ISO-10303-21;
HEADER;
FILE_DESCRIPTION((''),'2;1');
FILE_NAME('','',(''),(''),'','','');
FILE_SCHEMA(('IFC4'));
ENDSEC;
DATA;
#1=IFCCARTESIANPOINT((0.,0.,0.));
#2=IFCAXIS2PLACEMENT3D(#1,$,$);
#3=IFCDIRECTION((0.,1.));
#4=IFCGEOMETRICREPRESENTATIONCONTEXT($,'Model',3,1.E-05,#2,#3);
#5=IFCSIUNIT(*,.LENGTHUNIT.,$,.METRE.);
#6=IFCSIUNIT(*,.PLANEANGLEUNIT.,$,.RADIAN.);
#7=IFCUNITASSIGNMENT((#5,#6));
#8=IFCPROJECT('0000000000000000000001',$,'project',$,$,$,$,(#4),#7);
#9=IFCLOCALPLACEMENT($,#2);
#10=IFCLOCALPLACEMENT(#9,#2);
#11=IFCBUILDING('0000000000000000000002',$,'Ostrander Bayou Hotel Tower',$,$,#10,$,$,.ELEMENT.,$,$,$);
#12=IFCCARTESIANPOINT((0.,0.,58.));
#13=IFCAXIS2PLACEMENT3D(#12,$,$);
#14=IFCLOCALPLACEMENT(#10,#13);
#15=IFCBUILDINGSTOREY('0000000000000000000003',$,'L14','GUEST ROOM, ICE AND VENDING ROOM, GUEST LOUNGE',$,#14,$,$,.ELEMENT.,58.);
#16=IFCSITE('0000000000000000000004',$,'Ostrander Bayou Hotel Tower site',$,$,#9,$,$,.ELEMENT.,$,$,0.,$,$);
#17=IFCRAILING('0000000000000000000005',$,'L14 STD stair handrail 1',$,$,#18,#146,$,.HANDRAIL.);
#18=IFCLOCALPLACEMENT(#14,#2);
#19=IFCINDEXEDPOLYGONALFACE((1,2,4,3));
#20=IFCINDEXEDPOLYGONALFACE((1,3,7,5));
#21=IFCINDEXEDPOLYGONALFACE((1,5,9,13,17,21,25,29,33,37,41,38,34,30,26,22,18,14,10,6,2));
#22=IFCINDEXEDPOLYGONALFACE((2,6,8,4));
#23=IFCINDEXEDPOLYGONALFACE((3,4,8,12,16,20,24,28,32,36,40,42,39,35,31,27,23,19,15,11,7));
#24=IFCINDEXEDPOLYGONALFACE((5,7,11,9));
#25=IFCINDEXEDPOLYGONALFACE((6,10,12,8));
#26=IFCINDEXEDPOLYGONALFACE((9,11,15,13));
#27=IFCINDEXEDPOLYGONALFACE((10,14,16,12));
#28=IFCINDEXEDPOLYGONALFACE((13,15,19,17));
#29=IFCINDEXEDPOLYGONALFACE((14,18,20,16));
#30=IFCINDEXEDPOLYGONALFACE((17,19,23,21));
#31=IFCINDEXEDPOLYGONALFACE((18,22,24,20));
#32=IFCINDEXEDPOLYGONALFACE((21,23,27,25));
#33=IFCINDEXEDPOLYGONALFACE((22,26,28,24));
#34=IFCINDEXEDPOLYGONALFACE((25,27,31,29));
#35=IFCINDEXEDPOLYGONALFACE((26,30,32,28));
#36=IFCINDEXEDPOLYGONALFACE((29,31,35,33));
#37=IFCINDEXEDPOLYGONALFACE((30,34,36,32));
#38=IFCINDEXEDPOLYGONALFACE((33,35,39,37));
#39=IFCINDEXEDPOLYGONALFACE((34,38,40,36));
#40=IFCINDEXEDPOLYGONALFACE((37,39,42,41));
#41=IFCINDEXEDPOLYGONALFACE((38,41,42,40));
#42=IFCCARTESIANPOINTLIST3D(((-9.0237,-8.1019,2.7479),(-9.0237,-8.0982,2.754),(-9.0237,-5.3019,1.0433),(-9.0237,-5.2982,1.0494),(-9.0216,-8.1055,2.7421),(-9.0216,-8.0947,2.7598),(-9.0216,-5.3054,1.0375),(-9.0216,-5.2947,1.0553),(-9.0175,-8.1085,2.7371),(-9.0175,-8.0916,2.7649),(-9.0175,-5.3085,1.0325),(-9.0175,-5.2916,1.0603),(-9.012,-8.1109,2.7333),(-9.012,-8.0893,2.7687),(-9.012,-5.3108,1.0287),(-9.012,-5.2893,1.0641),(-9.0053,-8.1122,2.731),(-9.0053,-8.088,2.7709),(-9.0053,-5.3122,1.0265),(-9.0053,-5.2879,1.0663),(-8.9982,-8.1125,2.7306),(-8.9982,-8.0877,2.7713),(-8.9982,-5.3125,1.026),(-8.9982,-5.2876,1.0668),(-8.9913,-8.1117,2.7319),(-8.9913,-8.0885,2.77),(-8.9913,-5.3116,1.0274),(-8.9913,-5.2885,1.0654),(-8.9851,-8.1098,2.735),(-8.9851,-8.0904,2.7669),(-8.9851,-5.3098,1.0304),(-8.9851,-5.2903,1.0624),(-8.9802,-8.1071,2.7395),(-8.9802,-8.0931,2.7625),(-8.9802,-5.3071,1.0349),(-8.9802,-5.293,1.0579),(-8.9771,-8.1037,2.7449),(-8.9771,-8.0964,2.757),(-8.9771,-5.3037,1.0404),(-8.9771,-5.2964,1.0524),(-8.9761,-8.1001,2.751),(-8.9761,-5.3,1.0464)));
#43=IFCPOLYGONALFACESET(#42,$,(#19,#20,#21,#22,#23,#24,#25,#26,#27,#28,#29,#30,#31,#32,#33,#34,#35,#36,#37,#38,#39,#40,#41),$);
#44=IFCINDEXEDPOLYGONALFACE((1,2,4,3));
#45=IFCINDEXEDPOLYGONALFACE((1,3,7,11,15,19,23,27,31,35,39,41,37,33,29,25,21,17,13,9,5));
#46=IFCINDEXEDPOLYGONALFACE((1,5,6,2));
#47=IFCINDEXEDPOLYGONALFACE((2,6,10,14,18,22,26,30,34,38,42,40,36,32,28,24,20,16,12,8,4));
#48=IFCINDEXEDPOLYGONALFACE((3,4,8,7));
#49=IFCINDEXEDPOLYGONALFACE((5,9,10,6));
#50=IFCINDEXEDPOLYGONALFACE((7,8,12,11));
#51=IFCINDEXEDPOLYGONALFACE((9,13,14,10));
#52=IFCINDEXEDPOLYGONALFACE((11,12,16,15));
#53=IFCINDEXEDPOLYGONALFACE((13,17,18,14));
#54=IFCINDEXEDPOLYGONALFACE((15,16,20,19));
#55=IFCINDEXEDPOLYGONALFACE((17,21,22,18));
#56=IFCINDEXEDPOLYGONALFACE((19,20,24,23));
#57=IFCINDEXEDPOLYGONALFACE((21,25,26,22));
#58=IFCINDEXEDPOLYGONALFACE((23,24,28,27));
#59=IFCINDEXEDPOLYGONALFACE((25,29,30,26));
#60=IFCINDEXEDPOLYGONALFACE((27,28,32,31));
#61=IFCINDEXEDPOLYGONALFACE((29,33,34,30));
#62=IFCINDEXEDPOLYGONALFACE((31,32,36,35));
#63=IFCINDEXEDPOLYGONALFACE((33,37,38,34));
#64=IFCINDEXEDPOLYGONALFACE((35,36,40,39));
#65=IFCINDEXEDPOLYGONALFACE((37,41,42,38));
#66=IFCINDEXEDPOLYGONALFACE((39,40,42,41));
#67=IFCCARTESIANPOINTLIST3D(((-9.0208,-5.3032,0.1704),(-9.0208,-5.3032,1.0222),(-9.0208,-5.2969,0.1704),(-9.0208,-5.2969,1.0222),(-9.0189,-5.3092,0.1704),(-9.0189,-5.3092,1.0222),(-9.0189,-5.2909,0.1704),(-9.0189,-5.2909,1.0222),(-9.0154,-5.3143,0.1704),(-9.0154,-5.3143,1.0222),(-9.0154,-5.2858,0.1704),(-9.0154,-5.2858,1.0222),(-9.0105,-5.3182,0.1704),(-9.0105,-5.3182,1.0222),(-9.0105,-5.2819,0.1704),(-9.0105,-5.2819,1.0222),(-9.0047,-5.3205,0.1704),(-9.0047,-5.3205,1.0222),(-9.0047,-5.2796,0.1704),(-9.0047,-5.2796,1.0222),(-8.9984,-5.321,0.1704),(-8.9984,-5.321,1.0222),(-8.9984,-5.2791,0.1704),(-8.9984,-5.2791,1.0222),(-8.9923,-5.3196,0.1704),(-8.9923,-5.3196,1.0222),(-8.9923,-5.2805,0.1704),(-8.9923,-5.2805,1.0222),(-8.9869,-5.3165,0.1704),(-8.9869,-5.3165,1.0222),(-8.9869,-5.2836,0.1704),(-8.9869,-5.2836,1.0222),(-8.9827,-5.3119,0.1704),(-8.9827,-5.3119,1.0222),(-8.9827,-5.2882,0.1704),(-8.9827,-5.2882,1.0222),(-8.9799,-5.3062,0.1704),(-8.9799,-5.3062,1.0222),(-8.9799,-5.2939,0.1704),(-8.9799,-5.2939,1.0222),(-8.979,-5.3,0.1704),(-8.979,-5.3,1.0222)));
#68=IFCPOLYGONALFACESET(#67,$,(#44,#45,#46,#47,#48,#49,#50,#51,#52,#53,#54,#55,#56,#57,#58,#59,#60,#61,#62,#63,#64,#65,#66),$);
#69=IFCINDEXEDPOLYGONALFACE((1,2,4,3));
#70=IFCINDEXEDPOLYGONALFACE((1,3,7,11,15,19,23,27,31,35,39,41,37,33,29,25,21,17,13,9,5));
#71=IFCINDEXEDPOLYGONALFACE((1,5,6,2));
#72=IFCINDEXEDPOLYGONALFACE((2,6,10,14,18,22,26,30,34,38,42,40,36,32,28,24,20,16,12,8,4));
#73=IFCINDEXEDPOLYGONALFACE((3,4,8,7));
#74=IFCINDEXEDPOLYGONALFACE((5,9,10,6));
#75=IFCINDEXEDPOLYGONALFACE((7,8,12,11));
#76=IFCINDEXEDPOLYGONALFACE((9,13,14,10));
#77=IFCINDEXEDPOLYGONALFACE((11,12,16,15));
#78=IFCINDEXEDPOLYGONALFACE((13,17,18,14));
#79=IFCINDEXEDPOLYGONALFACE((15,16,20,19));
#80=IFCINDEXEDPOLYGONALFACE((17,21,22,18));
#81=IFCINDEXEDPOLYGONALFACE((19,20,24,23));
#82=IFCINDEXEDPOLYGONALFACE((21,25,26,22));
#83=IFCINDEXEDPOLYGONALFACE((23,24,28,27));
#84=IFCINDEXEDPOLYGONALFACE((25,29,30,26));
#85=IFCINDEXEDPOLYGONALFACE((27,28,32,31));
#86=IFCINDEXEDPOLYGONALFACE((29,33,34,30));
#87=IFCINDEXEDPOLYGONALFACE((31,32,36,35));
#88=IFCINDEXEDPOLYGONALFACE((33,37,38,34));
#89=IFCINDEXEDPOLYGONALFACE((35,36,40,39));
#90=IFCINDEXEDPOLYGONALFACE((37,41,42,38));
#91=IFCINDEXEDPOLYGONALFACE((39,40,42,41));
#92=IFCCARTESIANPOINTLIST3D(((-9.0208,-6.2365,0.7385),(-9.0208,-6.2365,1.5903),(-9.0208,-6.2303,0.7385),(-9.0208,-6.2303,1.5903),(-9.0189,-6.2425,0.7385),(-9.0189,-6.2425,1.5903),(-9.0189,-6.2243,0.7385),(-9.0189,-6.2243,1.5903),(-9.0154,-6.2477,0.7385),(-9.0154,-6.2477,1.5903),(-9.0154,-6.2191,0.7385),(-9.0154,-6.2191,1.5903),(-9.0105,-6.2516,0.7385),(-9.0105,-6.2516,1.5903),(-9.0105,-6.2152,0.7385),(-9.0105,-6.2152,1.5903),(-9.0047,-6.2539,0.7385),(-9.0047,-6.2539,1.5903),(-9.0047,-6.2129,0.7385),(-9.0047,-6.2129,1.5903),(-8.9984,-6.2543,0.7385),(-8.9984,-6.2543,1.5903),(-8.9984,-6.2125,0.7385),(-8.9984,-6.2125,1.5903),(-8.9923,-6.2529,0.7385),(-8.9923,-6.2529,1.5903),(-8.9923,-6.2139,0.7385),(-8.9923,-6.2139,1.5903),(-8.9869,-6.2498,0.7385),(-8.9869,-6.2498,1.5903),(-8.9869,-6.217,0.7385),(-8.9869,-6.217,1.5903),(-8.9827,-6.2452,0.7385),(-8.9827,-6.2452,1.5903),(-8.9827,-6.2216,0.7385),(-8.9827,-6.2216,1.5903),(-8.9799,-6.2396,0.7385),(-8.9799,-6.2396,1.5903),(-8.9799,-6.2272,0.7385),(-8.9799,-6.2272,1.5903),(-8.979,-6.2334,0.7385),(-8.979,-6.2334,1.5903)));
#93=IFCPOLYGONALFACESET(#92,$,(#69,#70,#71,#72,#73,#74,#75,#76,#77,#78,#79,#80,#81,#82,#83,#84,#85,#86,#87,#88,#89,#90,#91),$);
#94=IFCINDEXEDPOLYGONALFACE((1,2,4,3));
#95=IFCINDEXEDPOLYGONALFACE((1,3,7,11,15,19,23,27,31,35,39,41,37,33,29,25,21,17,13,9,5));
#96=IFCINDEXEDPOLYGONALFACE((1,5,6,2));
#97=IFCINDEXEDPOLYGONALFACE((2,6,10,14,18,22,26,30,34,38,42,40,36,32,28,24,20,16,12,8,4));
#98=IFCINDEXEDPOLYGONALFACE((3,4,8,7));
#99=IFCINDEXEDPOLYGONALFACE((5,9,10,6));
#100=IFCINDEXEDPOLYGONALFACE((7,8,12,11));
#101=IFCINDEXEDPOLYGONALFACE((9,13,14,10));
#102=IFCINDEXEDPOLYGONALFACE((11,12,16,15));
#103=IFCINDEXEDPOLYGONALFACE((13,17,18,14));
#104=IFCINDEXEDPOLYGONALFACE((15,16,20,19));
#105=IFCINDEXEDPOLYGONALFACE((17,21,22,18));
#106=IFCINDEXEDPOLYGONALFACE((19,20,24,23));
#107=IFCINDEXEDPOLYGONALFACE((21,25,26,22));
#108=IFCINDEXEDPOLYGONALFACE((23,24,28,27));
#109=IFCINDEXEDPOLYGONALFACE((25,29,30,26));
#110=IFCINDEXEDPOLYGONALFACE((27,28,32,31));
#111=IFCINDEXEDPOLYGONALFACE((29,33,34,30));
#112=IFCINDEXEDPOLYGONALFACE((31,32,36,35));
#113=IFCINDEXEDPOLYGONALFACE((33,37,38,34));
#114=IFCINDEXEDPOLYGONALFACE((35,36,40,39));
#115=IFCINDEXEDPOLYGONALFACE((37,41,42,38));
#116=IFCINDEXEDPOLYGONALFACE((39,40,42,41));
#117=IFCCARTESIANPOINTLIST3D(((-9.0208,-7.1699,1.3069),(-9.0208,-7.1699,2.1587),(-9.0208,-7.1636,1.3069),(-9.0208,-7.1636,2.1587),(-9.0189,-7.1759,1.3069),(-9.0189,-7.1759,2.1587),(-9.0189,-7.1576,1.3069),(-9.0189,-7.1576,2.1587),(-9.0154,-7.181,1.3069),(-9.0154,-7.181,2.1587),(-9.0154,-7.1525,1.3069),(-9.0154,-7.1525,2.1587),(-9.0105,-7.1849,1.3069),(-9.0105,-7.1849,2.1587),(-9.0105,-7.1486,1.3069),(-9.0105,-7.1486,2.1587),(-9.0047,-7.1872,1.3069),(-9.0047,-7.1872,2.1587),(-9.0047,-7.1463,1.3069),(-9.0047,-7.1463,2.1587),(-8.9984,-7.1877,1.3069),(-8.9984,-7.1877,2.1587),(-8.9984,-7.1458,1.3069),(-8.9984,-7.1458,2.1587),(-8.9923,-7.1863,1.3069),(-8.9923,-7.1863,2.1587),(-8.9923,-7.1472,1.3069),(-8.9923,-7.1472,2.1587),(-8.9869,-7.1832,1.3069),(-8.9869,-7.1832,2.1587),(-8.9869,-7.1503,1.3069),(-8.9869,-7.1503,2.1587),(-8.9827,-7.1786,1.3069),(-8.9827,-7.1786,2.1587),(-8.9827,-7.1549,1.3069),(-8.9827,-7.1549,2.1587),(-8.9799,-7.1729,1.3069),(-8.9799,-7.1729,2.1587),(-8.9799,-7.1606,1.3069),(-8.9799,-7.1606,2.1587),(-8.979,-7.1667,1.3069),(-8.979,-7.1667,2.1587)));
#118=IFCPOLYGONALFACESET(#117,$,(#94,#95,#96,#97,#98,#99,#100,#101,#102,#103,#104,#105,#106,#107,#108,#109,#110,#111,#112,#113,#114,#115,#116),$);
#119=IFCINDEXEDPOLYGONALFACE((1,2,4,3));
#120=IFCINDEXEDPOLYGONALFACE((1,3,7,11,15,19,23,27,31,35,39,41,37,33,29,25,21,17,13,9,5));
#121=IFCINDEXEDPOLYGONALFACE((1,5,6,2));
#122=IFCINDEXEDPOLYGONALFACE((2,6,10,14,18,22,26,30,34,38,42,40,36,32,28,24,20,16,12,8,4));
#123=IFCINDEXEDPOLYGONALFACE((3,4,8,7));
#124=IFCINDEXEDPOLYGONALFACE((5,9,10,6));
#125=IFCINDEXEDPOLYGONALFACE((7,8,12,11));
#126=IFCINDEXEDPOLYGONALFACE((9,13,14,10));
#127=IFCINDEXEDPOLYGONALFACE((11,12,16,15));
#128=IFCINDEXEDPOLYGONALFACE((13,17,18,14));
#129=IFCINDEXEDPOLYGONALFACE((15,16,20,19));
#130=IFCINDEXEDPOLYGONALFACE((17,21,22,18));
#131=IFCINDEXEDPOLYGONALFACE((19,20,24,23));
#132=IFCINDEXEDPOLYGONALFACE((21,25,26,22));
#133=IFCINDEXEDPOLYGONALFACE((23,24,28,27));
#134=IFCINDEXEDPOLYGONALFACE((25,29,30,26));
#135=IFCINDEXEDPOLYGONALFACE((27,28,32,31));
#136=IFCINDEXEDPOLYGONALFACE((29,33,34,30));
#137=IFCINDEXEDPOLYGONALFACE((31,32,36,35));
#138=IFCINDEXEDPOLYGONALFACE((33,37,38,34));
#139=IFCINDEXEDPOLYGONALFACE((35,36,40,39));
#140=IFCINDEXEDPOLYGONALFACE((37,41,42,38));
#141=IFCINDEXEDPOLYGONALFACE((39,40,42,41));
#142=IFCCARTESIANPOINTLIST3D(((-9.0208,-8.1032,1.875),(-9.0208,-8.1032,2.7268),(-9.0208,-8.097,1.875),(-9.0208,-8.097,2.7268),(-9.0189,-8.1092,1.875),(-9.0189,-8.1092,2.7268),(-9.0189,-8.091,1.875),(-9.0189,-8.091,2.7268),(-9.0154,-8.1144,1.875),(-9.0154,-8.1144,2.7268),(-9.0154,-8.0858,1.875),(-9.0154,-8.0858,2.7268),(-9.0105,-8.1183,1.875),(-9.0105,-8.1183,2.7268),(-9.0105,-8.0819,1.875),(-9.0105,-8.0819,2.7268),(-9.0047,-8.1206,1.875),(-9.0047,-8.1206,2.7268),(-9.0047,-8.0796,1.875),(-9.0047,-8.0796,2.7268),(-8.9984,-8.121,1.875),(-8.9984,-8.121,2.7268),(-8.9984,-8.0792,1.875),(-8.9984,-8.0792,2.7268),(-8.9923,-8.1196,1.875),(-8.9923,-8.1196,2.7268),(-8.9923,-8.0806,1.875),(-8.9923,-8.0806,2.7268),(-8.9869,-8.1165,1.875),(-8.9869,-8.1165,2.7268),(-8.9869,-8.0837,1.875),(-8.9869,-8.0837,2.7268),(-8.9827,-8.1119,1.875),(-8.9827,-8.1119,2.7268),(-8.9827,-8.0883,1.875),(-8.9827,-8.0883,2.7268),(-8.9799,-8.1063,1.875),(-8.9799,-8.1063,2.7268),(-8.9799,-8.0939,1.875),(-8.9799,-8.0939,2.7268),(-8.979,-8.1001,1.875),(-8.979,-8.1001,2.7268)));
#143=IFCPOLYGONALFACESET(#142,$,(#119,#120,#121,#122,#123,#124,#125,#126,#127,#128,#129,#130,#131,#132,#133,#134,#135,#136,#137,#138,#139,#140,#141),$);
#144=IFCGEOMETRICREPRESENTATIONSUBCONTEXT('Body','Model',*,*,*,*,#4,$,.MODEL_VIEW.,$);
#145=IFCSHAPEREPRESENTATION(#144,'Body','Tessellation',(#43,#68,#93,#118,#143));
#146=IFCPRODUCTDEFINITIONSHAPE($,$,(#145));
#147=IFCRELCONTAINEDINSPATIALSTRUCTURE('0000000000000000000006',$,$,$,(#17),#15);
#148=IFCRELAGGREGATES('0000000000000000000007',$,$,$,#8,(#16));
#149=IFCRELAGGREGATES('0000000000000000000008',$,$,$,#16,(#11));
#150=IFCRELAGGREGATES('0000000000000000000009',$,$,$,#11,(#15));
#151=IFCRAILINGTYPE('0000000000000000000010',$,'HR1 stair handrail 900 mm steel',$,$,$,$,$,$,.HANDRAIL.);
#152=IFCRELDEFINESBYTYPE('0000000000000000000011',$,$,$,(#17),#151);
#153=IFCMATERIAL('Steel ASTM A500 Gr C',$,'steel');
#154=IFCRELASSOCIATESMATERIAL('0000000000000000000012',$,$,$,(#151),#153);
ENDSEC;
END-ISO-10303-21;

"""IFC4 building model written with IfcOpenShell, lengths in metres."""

from ifc_helpers import new_model, si_unit, direction, frame, origin, origin_2d, place, context, subcontext, project, spatial, circle, extrude, material, type_object, element, save


model = new_model("IFC4")

# Units and contexts
model_context = context("Model", 3, precision=1e-05, world=origin(), true_north=direction((0.0, 1.0)))
body_context = subcontext(model_context, "Body", "Model", "MODEL_VIEW")
ifc_project = project(units=[si_unit("LENGTHUNIT", "METRE"), si_unit("PLANEANGLEUNIT", "RADIAN")], contexts=[model_context])

# Site, building, storey
site_placement = place(None, origin())
site = spatial("IfcSite", under=ifc_project, at=site_placement, Name="Ostrander Bayou Hotel Tower site", CompositionType="ELEMENT", RefElevation=0.0)
building_placement = place(site_placement, origin())
building = spatial("IfcBuilding", under=site, at=building_placement, Name="Ostrander Bayou Hotel Tower", CompositionType="ELEMENT")
storey_placement = place(building_placement, frame((0.0, 0.0, 58.0)))
storey = spatial("IfcBuildingStorey", under=building, at=storey_placement, Name="L14", Description="GUEST ROOM, ICE AND VENDING ROOM, GUEST LOUNGE", CompositionType="ELEMENT", Elevation=58.0)

# Railing
ifc_material_1 = material(Name="Steel ASTM A500 Gr C", Category="steel")
railing_type = type_object("IfcRailingType", Name="HR1 stair handrail 900 mm steel", PredefinedType="HANDRAIL", material=ifc_material_1)
railing_placement = place(storey_placement, frame((-9.0, -5.3, 0.1704)))
element("IfcRailing", 1, at=railing_placement, inside=storey, type_object=railing_type, Name="L14 STD stair handrail 1", PredefinedType="HANDRAIL", context=body_context, shape_type="SweptSolid", body=[
    extrude(circle(Radius=0.0239, at=origin_2d()), frame((0.0, 0.0, 0.876), z_axis=(0.0, -0.85417, 0.519994), x_axis=(1.0, 0.0, 0.0)), (0.0, 0.0, 1.0), 3.2781),
    extrude(circle(Radius=0.021, at=origin_2d()), origin(), (0.0, 0.0, 1.0), 0.8518),
    extrude(circle(Radius=0.021, at=origin_2d()), frame((0.0, -0.9333, 0.5681)), (0.0, 0.0, 1.0), 0.8518),
    extrude(circle(Radius=0.021, at=origin_2d()), frame((0.0, -1.8667, 1.1365)), (0.0, 0.0, 1.0), 0.8518),
    extrude(circle(Radius=0.021, at=origin_2d()), frame((0.0, -2.8, 1.7046)), (0.0, 0.0, 1.0), 0.8518),
])

save(model, "model.ifc")
